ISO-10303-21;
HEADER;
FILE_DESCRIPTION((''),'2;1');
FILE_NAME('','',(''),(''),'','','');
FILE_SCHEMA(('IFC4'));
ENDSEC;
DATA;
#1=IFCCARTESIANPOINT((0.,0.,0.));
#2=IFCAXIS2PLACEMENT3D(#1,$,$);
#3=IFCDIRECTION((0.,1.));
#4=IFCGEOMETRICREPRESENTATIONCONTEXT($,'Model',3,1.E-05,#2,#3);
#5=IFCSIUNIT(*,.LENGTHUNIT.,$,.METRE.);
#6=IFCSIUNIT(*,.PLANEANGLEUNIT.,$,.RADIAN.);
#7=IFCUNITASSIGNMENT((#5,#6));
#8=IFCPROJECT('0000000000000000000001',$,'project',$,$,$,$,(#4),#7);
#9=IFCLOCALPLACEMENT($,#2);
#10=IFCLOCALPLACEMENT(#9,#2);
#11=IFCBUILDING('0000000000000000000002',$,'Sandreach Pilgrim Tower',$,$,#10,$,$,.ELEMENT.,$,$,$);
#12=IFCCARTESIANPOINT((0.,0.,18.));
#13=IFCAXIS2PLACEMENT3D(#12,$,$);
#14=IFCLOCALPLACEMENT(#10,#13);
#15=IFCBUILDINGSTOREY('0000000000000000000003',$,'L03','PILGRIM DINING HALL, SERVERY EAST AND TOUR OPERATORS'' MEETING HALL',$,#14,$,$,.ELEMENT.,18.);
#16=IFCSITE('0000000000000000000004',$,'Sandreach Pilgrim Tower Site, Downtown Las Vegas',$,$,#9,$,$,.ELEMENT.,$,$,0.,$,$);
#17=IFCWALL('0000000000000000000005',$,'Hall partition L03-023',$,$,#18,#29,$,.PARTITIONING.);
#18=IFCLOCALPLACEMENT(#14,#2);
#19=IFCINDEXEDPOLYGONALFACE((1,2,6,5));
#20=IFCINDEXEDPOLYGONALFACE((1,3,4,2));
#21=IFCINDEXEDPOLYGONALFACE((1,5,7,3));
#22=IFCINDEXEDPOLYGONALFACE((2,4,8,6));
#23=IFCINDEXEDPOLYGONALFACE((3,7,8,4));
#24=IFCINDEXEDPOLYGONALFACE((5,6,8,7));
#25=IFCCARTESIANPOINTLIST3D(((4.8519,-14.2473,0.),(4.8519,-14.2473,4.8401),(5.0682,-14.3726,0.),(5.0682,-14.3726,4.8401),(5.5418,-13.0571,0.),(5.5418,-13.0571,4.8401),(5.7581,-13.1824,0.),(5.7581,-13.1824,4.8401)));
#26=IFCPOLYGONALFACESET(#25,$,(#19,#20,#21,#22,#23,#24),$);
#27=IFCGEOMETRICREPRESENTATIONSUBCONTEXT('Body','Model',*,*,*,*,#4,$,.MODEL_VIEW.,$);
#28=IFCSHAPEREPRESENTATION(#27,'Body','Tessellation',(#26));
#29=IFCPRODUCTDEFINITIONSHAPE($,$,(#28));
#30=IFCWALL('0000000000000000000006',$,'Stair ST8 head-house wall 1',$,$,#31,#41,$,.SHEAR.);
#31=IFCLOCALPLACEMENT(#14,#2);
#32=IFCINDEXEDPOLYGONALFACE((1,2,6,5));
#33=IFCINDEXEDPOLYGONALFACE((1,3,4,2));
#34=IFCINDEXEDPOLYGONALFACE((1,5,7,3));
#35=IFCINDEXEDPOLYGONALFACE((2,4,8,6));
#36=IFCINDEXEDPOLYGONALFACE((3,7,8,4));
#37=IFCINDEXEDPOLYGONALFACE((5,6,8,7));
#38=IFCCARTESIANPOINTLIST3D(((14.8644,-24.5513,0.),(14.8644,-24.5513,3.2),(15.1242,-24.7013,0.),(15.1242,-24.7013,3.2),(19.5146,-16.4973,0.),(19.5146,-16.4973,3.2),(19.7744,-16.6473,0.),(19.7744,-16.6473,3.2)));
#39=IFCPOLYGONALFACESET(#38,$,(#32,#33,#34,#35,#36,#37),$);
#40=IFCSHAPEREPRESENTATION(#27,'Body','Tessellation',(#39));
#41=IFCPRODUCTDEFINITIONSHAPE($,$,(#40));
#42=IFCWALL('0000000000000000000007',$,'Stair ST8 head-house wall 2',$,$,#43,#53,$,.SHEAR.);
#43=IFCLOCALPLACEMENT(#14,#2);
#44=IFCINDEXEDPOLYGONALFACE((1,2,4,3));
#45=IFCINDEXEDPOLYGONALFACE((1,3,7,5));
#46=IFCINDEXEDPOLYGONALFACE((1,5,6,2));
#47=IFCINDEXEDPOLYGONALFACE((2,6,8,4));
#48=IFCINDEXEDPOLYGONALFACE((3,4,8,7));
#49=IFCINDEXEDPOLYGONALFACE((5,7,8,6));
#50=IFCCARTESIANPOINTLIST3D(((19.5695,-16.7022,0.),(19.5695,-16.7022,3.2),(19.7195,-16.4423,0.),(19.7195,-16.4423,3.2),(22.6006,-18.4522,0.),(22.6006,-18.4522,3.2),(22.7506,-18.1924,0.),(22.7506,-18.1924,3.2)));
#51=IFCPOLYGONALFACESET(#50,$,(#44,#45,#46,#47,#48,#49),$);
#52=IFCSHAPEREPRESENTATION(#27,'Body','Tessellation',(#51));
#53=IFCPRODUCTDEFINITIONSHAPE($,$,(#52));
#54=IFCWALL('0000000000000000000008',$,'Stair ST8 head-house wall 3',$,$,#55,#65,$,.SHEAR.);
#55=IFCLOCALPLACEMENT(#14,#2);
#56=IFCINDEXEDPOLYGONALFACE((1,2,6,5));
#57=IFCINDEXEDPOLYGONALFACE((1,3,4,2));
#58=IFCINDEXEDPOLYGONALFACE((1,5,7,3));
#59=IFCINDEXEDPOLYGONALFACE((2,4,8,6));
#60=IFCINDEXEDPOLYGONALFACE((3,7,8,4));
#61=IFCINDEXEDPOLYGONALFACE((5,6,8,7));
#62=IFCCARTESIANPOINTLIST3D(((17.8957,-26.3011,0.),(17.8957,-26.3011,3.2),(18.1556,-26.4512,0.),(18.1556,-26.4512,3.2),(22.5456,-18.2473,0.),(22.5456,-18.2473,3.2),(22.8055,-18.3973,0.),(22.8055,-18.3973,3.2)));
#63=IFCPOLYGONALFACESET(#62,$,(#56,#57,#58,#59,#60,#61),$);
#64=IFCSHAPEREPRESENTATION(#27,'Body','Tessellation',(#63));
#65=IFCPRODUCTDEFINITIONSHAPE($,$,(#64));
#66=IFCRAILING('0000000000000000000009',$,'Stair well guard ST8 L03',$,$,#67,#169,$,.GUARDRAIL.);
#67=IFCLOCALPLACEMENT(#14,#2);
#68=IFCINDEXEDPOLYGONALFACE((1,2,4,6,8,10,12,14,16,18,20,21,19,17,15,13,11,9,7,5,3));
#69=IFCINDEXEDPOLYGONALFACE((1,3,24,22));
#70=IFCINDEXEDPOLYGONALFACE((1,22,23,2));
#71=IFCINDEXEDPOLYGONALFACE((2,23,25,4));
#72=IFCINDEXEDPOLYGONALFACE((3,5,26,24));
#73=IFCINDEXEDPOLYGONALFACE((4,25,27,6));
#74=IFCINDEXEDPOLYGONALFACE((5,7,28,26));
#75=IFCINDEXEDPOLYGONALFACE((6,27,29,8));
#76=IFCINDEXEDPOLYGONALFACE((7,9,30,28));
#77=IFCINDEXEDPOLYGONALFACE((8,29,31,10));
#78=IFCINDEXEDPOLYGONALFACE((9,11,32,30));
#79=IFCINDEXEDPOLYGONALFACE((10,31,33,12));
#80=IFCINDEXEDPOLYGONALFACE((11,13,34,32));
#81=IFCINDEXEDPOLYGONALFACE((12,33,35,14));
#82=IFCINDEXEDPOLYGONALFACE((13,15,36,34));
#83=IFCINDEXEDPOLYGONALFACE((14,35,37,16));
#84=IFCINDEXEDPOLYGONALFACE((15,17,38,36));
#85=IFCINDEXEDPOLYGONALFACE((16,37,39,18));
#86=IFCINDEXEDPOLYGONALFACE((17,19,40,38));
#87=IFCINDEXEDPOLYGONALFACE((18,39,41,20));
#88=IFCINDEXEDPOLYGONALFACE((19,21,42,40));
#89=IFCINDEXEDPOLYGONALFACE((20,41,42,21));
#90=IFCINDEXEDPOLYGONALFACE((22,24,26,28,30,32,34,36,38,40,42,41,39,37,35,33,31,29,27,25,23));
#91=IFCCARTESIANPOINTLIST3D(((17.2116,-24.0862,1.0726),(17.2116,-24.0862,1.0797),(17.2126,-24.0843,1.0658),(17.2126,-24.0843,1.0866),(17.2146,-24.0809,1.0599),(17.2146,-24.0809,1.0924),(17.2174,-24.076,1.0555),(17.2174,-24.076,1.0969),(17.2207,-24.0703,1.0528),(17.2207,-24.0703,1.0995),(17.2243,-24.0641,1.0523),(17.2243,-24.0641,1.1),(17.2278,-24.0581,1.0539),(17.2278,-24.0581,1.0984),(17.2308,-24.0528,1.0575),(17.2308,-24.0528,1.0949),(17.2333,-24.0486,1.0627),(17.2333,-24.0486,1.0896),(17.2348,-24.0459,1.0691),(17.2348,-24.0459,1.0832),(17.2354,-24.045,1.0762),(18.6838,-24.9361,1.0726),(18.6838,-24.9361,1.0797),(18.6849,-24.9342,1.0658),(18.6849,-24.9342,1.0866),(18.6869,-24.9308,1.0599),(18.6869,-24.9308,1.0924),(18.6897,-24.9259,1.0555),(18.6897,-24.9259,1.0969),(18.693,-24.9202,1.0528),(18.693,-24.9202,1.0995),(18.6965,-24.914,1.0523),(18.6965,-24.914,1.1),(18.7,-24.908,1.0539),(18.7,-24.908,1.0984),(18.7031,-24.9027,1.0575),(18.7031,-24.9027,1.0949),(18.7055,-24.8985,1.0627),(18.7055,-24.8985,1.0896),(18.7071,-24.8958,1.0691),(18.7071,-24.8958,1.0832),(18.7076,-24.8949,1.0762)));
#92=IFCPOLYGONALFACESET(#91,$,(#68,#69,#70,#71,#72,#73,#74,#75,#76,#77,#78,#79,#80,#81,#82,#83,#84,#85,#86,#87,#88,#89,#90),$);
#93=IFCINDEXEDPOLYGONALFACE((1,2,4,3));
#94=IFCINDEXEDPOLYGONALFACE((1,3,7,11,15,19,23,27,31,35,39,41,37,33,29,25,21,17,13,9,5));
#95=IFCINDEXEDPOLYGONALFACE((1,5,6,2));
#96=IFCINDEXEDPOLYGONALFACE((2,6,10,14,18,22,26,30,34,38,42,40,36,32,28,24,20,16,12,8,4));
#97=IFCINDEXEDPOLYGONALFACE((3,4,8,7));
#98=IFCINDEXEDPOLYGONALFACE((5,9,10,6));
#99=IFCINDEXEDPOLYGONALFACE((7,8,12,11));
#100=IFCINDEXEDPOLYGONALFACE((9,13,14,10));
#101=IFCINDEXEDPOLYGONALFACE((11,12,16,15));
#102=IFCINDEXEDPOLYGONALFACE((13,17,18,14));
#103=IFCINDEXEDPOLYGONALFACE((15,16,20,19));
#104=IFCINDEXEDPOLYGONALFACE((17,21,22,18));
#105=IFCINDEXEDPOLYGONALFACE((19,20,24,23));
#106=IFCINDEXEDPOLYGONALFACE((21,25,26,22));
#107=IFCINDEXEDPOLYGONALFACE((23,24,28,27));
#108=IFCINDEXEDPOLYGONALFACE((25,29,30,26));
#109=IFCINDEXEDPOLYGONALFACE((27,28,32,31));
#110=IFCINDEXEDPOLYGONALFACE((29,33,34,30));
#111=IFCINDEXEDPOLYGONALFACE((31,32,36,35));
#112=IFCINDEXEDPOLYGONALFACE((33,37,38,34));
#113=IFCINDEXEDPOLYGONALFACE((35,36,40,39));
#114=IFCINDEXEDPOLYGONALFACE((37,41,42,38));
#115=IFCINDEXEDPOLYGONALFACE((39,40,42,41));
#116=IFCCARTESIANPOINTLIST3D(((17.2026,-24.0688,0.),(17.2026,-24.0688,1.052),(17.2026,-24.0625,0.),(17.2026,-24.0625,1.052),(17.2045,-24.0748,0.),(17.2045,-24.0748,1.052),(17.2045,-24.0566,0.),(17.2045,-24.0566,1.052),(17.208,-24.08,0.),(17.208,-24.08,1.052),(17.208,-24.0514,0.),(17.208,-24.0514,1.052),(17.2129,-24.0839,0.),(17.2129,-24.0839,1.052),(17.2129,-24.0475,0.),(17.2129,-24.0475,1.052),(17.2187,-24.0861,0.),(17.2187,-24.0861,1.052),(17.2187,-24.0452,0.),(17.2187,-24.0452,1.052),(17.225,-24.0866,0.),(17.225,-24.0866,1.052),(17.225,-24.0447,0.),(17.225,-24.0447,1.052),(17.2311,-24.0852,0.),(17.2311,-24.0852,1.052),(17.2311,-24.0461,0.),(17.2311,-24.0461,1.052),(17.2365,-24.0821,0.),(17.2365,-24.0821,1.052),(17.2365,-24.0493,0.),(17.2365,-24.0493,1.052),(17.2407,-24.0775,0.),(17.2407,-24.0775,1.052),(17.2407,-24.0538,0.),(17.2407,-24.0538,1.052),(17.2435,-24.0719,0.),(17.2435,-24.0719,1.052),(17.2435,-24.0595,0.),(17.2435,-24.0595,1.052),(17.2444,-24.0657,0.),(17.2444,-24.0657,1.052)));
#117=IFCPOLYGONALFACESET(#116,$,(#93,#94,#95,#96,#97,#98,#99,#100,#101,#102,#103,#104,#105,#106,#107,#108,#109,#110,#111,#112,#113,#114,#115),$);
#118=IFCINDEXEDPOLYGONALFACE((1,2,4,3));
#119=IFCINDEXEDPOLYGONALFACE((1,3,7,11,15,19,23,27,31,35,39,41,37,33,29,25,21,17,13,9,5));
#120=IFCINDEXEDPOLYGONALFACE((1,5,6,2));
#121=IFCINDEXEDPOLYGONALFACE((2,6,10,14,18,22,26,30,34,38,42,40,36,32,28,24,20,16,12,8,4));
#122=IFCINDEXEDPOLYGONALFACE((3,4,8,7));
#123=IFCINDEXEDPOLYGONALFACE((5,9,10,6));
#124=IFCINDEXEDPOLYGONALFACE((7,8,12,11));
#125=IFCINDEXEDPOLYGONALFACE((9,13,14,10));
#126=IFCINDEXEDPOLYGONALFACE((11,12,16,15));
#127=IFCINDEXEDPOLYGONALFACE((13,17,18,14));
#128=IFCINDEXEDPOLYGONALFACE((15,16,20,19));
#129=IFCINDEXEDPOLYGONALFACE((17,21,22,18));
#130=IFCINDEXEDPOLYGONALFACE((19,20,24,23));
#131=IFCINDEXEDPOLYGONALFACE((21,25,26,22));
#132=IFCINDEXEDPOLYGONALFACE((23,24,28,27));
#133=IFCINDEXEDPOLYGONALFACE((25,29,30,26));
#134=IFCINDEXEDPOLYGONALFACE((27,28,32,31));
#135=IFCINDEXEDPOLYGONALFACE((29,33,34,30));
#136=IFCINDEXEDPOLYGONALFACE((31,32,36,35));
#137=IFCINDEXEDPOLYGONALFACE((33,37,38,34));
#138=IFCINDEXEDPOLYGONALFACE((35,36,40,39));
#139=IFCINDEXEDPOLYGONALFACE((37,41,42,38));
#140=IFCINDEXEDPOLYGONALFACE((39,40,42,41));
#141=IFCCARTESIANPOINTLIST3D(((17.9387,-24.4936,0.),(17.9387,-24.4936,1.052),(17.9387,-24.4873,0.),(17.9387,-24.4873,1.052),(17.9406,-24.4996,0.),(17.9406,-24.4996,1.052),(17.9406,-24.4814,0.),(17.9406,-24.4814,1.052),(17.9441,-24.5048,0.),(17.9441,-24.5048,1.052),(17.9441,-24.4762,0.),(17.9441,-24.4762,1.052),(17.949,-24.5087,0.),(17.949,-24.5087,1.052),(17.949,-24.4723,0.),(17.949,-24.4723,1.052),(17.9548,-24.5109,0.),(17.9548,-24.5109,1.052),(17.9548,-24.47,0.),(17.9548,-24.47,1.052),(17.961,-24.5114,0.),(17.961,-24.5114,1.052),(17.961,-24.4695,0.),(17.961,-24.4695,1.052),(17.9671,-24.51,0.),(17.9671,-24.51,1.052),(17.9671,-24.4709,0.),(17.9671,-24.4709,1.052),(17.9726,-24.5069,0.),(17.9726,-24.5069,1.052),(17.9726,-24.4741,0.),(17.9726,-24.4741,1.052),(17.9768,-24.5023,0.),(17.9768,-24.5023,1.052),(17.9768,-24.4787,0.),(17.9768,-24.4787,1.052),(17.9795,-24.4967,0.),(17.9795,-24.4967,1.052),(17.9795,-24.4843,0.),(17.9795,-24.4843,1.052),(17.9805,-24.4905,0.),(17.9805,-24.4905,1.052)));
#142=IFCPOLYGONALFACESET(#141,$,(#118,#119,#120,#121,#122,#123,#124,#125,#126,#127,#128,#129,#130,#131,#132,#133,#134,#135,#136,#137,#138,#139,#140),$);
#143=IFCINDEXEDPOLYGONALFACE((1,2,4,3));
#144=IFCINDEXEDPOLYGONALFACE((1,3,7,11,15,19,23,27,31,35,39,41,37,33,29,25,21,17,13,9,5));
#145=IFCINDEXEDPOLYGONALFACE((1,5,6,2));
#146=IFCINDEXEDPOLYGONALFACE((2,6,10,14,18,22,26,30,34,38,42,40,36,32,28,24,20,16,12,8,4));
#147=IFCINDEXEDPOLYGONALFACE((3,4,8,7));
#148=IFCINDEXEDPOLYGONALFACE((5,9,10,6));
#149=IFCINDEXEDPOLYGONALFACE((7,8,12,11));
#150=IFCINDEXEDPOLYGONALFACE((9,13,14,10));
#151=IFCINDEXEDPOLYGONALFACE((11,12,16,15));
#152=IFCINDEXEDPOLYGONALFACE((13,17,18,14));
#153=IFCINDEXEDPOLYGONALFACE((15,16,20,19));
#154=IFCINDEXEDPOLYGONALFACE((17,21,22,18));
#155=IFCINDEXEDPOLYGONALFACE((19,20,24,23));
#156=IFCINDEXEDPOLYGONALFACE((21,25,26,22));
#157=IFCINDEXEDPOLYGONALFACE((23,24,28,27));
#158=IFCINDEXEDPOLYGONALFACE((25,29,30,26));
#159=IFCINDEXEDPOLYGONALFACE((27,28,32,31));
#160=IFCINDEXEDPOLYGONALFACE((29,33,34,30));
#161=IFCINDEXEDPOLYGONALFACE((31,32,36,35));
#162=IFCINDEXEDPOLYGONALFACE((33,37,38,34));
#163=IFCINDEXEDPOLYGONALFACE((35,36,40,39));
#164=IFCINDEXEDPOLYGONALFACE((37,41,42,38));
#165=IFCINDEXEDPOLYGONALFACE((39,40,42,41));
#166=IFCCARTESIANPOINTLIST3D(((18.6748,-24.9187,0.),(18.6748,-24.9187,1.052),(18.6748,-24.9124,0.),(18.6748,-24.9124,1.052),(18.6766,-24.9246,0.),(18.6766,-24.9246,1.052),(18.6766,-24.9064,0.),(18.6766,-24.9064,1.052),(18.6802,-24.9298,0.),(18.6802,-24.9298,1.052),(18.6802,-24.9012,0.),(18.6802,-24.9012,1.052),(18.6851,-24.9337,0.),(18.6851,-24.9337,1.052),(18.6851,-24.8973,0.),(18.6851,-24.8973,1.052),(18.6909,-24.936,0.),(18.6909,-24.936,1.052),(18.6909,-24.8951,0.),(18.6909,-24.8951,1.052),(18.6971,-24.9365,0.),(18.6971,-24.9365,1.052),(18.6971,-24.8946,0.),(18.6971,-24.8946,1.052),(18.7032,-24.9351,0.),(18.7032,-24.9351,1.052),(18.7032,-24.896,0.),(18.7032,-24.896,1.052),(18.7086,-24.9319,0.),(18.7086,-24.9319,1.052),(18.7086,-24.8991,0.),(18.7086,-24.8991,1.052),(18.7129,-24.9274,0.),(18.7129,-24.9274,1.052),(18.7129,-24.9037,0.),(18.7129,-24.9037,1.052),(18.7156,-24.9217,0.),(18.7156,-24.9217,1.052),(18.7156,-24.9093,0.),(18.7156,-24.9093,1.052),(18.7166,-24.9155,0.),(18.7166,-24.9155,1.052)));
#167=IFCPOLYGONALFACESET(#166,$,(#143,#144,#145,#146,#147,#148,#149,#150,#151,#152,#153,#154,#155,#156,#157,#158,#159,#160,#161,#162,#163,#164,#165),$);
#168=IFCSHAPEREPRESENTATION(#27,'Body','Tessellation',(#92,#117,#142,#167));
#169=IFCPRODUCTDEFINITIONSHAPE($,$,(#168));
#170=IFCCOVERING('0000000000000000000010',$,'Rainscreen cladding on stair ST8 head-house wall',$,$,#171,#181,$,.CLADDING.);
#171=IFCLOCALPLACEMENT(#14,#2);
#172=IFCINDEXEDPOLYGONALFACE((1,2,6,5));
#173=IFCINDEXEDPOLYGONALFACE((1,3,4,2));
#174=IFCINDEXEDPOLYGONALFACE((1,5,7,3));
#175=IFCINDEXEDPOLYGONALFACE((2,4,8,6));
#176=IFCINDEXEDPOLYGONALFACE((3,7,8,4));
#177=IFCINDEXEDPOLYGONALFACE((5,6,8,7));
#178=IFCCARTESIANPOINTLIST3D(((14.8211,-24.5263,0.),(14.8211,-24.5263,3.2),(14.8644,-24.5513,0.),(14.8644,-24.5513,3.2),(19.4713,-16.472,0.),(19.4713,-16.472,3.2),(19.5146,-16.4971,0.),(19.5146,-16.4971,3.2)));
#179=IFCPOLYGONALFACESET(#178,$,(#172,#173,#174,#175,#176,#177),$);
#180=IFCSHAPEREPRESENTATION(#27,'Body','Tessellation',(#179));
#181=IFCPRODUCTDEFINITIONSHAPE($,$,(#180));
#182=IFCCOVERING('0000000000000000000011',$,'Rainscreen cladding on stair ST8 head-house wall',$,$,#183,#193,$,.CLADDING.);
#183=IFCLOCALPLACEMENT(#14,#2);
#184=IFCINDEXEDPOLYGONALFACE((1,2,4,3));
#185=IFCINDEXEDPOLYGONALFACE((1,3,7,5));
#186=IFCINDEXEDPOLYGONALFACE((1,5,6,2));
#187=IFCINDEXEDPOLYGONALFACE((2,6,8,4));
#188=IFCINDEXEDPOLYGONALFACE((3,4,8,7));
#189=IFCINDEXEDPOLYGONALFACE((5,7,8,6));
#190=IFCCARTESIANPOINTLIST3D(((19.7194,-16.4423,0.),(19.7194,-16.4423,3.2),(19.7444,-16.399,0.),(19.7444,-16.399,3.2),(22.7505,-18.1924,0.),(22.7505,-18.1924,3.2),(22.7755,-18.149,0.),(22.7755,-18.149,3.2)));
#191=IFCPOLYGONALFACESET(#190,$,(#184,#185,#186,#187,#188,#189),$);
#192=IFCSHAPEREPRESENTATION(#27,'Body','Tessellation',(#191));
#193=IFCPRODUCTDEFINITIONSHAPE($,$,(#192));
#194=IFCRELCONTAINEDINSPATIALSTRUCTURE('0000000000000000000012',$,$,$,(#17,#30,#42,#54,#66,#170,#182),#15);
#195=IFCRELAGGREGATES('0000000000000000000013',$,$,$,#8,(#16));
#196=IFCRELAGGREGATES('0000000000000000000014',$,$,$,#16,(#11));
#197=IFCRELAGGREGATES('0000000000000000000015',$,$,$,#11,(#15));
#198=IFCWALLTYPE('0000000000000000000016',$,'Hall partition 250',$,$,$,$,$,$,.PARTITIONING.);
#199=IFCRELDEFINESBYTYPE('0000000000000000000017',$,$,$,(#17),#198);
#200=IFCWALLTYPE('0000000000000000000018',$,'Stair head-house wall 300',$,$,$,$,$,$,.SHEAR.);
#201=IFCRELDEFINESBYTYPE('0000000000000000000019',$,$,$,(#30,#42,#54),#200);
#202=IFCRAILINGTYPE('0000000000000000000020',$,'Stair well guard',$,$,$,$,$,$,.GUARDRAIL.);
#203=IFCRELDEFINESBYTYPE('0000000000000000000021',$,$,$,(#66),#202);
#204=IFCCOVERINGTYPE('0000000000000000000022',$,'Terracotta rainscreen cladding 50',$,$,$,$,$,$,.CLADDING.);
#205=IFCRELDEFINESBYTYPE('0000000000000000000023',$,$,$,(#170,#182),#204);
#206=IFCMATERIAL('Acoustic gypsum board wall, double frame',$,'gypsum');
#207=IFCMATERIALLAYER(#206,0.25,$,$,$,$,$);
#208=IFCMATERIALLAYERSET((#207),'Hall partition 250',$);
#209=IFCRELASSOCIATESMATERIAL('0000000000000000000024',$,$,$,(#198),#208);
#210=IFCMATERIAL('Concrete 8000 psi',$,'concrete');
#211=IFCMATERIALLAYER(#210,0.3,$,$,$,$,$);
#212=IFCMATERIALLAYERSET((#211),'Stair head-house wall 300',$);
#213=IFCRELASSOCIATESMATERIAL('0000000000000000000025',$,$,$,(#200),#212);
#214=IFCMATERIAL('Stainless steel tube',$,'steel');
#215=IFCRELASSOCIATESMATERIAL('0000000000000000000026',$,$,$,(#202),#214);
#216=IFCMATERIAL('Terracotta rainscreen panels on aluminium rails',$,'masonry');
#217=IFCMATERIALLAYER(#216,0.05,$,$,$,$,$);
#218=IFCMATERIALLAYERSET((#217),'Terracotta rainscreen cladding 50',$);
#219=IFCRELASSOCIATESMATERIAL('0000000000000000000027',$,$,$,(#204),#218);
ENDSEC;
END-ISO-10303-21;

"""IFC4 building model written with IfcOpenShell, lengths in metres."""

from ifc_helpers import new_model, si_unit, direction, frame, frame_2d, origin, origin_2d, place, context, subcontext, project, spatial, rectangle, circle, extrude, material, layer, layer_set, type_object, element, save


model = new_model("IFC4")

# Units and contexts
model_context = context("Model", 3, precision=1e-05, world=origin(), true_north=direction((0.0, 1.0)))
body_context = subcontext(model_context, "Body", "Model", "MODEL_VIEW")
ifc_project = project(units=[si_unit("LENGTHUNIT", "METRE"), si_unit("PLANEANGLEUNIT", "RADIAN")], contexts=[model_context])

# Site, building, storey
site_placement = place(None, origin())
site = spatial("IfcSite", under=ifc_project, at=site_placement, Name="Sandreach Pilgrim Tower Site, Downtown Las Vegas", CompositionType="ELEMENT", RefElevation=0.0)
building_placement = place(site_placement, origin())
building = spatial("IfcBuilding", under=site, at=building_placement, Name="Sandreach Pilgrim Tower", CompositionType="ELEMENT")
storey_placement = place(building_placement, frame((0.0, 0.0, 18.0)))
storey = spatial("IfcBuildingStorey", under=building, at=storey_placement, Name="L03", Description="PILGRIM DINING HALL, SERVERY EAST AND TOUR OPERATORS' MEETING HALL", CompositionType="ELEMENT", Elevation=18.0)

# Walls
ifc_material_1 = material(Name="Acoustic gypsum board wall, double frame", Category="gypsum")
ifc_layer_1 = layer(ifc_material_1, 0.25)
ifc_layer_set_1 = layer_set([ifc_layer_1], Name="Hall partition 250")
wall_type_1 = type_object("IfcWallType", Name="Hall partition 250", PredefinedType="PARTITIONING", material=ifc_layer_set_1)
wall_1_placement = place(storey_placement, frame((4.96, -14.3101, 0.0), z_axis=(0.0, 0.0, 1.0), x_axis=(0.501519, 0.865147, 0.0)))
element("IfcWall", 1, at=wall_1_placement, inside=storey, type_object=wall_type_1, Name="Hall partition L03-023", PredefinedType="PARTITIONING", context=body_context, shape_type="SweptSolid", body=[
    extrude(rectangle(XDim=1.3757, YDim=0.25, at=frame_2d((0.688, 0.0))), origin(), (0.0, 0.0, 1.0), 4.8401),
])
ifc_material_2 = material(Name="Concrete 8000 psi", Category="concrete")
ifc_layer_2 = layer(ifc_material_2, 0.3)
ifc_layer_set_2 = layer_set([ifc_layer_2], Name="Stair head-house wall 300")
wall_type_2 = type_object("IfcWallType", Name="Stair head-house wall 300", PredefinedType="SHEAR", material=ifc_layer_set_2)
wall_2_placement = place(storey_placement, frame((14.9944, -24.6262, 0.0), z_axis=(0.0, 0.0, 1.0), x_axis=(0.500016, 0.866016, 0.0)))
element("IfcWall", 2, at=wall_2_placement, inside=storey, type_object=wall_type_2, Name="Stair ST8 head-house wall 1", PredefinedType="SHEAR", context=body_context, shape_type="SweptSolid", body=[
    extrude(rectangle(XDim=9.3, YDim=0.3, at=frame_2d((4.6499, 0.0))), origin(), (0.0, 0.0, 1.0), 3.2),
])
wall_3_placement = place(storey_placement, frame((19.6445, -16.5723, 0.0), z_axis=(0.0, 0.0, 1.0), x_axis=(0.866019, -0.50001, 0.0)))
element("IfcWall", 3, at=wall_3_placement, inside=storey, type_object=wall_type_2, Name="Stair ST8 head-house wall 2", PredefinedType="SHEAR", context=body_context, shape_type="SweptSolid", body=[
    extrude(rectangle(XDim=3.5, YDim=0.3, at=frame_2d((1.75, 0.0))), origin(), (0.0, 0.0, 1.0), 3.2),
])
wall_4_placement = place(storey_placement, frame((22.6755, -18.3223, 0.0), z_axis=(0.0, 0.0, 1.0), x_axis=(-0.499996, -0.866028, 0.0)))
element("IfcWall", 4, at=wall_4_placement, inside=storey, type_object=wall_type_2, Name="Stair ST8 head-house wall 3", PredefinedType="SHEAR", context=body_context, shape_type="SweptSolid", body=[
    extrude(rectangle(XDim=9.2998, YDim=0.3, at=frame_2d((4.6499, 0.0))), origin(), (0.0, 0.0, 1.0), 3.2),
])

# Railing
ifc_material_3 = material(Name="Stainless steel tube", Category="steel")
railing_type = type_object("IfcRailingType", Name="Stair well guard", PredefinedType="GUARDRAIL", material=ifc_material_3)
railing_placement = place(storey_placement, frame((17.2234, -24.0657, 0.0)))
element("IfcRailing", 5, at=railing_placement, inside=storey, type_object=railing_type, Name="Stair well guard ST8 L03", PredefinedType="GUARDRAIL", context=body_context, shape_type="SweptSolid", body=[
    extrude(circle(Radius=0.0239, at=origin_2d()), frame((0.0, 0.0, 1.0762), z_axis=(0.866052, -0.499955, 0.0), x_axis=(0.499955, 0.866052, 0.0)), (0.0, 0.0, 1.0), 1.7),
    extrude(circle(Radius=0.021, at=origin_2d()), origin(), (0.0, 0.0, 1.0), 1.052),
    extrude(circle(Radius=0.021, at=origin_2d()), frame((0.7361, -0.4248, 0.0)), (0.0, 0.0, 1.0), 1.052),
    extrude(circle(Radius=0.021, at=origin_2d()), frame((1.4722, -0.8499, 0.0)), (0.0, 0.0, 1.0), 1.052),
])

# Coverings
ifc_material_4 = material(Name="Terracotta rainscreen panels on aluminium rails", Category="masonry")
ifc_layer_3 = layer(ifc_material_4, 0.05)
ifc_layer_set_3 = layer_set([ifc_layer_3], Name="Terracotta rainscreen cladding 50")
covering_type = type_object("IfcCoveringType", Name="Terracotta rainscreen cladding 50", PredefinedType="CLADDING", material=ifc_layer_set_3)
covering_1_placement = place(storey_placement, frame((14.8428, -24.5388, 0.0), z_axis=(0.0, 0.0, 1.0), x_axis=(0.500004, 0.866023, 0.0)))
element("IfcCovering", 6, at=covering_1_placement, inside=storey, type_object=covering_type, Name="Rainscreen cladding on stair ST8 head-house wall", PredefinedType="CLADDING", context=body_context, shape_type="SweptSolid", body=[
    extrude(rectangle(XDim=9.3003, YDim=0.05, at=frame_2d((4.6501, 0.0))), origin(), (0.0, 0.0, 1.0), 3.2),
])
covering_2_placement = place(storey_placement, frame((19.7319, -16.4207, 0.0), z_axis=(0.0, 0.0, 1.0), x_axis=(0.866019, -0.50001, 0.0)))
element("IfcCovering", 7, at=covering_2_placement, inside=storey, type_object=covering_type, Name="Rainscreen cladding on stair ST8 head-house wall", PredefinedType="CLADDING", context=body_context, shape_type="SweptSolid", body=[
    extrude(rectangle(XDim=3.5, YDim=0.05, at=frame_2d((1.75, 0.0))), origin(), (0.0, 0.0, 1.0), 3.2),
])

save(model, "model.ifc")
